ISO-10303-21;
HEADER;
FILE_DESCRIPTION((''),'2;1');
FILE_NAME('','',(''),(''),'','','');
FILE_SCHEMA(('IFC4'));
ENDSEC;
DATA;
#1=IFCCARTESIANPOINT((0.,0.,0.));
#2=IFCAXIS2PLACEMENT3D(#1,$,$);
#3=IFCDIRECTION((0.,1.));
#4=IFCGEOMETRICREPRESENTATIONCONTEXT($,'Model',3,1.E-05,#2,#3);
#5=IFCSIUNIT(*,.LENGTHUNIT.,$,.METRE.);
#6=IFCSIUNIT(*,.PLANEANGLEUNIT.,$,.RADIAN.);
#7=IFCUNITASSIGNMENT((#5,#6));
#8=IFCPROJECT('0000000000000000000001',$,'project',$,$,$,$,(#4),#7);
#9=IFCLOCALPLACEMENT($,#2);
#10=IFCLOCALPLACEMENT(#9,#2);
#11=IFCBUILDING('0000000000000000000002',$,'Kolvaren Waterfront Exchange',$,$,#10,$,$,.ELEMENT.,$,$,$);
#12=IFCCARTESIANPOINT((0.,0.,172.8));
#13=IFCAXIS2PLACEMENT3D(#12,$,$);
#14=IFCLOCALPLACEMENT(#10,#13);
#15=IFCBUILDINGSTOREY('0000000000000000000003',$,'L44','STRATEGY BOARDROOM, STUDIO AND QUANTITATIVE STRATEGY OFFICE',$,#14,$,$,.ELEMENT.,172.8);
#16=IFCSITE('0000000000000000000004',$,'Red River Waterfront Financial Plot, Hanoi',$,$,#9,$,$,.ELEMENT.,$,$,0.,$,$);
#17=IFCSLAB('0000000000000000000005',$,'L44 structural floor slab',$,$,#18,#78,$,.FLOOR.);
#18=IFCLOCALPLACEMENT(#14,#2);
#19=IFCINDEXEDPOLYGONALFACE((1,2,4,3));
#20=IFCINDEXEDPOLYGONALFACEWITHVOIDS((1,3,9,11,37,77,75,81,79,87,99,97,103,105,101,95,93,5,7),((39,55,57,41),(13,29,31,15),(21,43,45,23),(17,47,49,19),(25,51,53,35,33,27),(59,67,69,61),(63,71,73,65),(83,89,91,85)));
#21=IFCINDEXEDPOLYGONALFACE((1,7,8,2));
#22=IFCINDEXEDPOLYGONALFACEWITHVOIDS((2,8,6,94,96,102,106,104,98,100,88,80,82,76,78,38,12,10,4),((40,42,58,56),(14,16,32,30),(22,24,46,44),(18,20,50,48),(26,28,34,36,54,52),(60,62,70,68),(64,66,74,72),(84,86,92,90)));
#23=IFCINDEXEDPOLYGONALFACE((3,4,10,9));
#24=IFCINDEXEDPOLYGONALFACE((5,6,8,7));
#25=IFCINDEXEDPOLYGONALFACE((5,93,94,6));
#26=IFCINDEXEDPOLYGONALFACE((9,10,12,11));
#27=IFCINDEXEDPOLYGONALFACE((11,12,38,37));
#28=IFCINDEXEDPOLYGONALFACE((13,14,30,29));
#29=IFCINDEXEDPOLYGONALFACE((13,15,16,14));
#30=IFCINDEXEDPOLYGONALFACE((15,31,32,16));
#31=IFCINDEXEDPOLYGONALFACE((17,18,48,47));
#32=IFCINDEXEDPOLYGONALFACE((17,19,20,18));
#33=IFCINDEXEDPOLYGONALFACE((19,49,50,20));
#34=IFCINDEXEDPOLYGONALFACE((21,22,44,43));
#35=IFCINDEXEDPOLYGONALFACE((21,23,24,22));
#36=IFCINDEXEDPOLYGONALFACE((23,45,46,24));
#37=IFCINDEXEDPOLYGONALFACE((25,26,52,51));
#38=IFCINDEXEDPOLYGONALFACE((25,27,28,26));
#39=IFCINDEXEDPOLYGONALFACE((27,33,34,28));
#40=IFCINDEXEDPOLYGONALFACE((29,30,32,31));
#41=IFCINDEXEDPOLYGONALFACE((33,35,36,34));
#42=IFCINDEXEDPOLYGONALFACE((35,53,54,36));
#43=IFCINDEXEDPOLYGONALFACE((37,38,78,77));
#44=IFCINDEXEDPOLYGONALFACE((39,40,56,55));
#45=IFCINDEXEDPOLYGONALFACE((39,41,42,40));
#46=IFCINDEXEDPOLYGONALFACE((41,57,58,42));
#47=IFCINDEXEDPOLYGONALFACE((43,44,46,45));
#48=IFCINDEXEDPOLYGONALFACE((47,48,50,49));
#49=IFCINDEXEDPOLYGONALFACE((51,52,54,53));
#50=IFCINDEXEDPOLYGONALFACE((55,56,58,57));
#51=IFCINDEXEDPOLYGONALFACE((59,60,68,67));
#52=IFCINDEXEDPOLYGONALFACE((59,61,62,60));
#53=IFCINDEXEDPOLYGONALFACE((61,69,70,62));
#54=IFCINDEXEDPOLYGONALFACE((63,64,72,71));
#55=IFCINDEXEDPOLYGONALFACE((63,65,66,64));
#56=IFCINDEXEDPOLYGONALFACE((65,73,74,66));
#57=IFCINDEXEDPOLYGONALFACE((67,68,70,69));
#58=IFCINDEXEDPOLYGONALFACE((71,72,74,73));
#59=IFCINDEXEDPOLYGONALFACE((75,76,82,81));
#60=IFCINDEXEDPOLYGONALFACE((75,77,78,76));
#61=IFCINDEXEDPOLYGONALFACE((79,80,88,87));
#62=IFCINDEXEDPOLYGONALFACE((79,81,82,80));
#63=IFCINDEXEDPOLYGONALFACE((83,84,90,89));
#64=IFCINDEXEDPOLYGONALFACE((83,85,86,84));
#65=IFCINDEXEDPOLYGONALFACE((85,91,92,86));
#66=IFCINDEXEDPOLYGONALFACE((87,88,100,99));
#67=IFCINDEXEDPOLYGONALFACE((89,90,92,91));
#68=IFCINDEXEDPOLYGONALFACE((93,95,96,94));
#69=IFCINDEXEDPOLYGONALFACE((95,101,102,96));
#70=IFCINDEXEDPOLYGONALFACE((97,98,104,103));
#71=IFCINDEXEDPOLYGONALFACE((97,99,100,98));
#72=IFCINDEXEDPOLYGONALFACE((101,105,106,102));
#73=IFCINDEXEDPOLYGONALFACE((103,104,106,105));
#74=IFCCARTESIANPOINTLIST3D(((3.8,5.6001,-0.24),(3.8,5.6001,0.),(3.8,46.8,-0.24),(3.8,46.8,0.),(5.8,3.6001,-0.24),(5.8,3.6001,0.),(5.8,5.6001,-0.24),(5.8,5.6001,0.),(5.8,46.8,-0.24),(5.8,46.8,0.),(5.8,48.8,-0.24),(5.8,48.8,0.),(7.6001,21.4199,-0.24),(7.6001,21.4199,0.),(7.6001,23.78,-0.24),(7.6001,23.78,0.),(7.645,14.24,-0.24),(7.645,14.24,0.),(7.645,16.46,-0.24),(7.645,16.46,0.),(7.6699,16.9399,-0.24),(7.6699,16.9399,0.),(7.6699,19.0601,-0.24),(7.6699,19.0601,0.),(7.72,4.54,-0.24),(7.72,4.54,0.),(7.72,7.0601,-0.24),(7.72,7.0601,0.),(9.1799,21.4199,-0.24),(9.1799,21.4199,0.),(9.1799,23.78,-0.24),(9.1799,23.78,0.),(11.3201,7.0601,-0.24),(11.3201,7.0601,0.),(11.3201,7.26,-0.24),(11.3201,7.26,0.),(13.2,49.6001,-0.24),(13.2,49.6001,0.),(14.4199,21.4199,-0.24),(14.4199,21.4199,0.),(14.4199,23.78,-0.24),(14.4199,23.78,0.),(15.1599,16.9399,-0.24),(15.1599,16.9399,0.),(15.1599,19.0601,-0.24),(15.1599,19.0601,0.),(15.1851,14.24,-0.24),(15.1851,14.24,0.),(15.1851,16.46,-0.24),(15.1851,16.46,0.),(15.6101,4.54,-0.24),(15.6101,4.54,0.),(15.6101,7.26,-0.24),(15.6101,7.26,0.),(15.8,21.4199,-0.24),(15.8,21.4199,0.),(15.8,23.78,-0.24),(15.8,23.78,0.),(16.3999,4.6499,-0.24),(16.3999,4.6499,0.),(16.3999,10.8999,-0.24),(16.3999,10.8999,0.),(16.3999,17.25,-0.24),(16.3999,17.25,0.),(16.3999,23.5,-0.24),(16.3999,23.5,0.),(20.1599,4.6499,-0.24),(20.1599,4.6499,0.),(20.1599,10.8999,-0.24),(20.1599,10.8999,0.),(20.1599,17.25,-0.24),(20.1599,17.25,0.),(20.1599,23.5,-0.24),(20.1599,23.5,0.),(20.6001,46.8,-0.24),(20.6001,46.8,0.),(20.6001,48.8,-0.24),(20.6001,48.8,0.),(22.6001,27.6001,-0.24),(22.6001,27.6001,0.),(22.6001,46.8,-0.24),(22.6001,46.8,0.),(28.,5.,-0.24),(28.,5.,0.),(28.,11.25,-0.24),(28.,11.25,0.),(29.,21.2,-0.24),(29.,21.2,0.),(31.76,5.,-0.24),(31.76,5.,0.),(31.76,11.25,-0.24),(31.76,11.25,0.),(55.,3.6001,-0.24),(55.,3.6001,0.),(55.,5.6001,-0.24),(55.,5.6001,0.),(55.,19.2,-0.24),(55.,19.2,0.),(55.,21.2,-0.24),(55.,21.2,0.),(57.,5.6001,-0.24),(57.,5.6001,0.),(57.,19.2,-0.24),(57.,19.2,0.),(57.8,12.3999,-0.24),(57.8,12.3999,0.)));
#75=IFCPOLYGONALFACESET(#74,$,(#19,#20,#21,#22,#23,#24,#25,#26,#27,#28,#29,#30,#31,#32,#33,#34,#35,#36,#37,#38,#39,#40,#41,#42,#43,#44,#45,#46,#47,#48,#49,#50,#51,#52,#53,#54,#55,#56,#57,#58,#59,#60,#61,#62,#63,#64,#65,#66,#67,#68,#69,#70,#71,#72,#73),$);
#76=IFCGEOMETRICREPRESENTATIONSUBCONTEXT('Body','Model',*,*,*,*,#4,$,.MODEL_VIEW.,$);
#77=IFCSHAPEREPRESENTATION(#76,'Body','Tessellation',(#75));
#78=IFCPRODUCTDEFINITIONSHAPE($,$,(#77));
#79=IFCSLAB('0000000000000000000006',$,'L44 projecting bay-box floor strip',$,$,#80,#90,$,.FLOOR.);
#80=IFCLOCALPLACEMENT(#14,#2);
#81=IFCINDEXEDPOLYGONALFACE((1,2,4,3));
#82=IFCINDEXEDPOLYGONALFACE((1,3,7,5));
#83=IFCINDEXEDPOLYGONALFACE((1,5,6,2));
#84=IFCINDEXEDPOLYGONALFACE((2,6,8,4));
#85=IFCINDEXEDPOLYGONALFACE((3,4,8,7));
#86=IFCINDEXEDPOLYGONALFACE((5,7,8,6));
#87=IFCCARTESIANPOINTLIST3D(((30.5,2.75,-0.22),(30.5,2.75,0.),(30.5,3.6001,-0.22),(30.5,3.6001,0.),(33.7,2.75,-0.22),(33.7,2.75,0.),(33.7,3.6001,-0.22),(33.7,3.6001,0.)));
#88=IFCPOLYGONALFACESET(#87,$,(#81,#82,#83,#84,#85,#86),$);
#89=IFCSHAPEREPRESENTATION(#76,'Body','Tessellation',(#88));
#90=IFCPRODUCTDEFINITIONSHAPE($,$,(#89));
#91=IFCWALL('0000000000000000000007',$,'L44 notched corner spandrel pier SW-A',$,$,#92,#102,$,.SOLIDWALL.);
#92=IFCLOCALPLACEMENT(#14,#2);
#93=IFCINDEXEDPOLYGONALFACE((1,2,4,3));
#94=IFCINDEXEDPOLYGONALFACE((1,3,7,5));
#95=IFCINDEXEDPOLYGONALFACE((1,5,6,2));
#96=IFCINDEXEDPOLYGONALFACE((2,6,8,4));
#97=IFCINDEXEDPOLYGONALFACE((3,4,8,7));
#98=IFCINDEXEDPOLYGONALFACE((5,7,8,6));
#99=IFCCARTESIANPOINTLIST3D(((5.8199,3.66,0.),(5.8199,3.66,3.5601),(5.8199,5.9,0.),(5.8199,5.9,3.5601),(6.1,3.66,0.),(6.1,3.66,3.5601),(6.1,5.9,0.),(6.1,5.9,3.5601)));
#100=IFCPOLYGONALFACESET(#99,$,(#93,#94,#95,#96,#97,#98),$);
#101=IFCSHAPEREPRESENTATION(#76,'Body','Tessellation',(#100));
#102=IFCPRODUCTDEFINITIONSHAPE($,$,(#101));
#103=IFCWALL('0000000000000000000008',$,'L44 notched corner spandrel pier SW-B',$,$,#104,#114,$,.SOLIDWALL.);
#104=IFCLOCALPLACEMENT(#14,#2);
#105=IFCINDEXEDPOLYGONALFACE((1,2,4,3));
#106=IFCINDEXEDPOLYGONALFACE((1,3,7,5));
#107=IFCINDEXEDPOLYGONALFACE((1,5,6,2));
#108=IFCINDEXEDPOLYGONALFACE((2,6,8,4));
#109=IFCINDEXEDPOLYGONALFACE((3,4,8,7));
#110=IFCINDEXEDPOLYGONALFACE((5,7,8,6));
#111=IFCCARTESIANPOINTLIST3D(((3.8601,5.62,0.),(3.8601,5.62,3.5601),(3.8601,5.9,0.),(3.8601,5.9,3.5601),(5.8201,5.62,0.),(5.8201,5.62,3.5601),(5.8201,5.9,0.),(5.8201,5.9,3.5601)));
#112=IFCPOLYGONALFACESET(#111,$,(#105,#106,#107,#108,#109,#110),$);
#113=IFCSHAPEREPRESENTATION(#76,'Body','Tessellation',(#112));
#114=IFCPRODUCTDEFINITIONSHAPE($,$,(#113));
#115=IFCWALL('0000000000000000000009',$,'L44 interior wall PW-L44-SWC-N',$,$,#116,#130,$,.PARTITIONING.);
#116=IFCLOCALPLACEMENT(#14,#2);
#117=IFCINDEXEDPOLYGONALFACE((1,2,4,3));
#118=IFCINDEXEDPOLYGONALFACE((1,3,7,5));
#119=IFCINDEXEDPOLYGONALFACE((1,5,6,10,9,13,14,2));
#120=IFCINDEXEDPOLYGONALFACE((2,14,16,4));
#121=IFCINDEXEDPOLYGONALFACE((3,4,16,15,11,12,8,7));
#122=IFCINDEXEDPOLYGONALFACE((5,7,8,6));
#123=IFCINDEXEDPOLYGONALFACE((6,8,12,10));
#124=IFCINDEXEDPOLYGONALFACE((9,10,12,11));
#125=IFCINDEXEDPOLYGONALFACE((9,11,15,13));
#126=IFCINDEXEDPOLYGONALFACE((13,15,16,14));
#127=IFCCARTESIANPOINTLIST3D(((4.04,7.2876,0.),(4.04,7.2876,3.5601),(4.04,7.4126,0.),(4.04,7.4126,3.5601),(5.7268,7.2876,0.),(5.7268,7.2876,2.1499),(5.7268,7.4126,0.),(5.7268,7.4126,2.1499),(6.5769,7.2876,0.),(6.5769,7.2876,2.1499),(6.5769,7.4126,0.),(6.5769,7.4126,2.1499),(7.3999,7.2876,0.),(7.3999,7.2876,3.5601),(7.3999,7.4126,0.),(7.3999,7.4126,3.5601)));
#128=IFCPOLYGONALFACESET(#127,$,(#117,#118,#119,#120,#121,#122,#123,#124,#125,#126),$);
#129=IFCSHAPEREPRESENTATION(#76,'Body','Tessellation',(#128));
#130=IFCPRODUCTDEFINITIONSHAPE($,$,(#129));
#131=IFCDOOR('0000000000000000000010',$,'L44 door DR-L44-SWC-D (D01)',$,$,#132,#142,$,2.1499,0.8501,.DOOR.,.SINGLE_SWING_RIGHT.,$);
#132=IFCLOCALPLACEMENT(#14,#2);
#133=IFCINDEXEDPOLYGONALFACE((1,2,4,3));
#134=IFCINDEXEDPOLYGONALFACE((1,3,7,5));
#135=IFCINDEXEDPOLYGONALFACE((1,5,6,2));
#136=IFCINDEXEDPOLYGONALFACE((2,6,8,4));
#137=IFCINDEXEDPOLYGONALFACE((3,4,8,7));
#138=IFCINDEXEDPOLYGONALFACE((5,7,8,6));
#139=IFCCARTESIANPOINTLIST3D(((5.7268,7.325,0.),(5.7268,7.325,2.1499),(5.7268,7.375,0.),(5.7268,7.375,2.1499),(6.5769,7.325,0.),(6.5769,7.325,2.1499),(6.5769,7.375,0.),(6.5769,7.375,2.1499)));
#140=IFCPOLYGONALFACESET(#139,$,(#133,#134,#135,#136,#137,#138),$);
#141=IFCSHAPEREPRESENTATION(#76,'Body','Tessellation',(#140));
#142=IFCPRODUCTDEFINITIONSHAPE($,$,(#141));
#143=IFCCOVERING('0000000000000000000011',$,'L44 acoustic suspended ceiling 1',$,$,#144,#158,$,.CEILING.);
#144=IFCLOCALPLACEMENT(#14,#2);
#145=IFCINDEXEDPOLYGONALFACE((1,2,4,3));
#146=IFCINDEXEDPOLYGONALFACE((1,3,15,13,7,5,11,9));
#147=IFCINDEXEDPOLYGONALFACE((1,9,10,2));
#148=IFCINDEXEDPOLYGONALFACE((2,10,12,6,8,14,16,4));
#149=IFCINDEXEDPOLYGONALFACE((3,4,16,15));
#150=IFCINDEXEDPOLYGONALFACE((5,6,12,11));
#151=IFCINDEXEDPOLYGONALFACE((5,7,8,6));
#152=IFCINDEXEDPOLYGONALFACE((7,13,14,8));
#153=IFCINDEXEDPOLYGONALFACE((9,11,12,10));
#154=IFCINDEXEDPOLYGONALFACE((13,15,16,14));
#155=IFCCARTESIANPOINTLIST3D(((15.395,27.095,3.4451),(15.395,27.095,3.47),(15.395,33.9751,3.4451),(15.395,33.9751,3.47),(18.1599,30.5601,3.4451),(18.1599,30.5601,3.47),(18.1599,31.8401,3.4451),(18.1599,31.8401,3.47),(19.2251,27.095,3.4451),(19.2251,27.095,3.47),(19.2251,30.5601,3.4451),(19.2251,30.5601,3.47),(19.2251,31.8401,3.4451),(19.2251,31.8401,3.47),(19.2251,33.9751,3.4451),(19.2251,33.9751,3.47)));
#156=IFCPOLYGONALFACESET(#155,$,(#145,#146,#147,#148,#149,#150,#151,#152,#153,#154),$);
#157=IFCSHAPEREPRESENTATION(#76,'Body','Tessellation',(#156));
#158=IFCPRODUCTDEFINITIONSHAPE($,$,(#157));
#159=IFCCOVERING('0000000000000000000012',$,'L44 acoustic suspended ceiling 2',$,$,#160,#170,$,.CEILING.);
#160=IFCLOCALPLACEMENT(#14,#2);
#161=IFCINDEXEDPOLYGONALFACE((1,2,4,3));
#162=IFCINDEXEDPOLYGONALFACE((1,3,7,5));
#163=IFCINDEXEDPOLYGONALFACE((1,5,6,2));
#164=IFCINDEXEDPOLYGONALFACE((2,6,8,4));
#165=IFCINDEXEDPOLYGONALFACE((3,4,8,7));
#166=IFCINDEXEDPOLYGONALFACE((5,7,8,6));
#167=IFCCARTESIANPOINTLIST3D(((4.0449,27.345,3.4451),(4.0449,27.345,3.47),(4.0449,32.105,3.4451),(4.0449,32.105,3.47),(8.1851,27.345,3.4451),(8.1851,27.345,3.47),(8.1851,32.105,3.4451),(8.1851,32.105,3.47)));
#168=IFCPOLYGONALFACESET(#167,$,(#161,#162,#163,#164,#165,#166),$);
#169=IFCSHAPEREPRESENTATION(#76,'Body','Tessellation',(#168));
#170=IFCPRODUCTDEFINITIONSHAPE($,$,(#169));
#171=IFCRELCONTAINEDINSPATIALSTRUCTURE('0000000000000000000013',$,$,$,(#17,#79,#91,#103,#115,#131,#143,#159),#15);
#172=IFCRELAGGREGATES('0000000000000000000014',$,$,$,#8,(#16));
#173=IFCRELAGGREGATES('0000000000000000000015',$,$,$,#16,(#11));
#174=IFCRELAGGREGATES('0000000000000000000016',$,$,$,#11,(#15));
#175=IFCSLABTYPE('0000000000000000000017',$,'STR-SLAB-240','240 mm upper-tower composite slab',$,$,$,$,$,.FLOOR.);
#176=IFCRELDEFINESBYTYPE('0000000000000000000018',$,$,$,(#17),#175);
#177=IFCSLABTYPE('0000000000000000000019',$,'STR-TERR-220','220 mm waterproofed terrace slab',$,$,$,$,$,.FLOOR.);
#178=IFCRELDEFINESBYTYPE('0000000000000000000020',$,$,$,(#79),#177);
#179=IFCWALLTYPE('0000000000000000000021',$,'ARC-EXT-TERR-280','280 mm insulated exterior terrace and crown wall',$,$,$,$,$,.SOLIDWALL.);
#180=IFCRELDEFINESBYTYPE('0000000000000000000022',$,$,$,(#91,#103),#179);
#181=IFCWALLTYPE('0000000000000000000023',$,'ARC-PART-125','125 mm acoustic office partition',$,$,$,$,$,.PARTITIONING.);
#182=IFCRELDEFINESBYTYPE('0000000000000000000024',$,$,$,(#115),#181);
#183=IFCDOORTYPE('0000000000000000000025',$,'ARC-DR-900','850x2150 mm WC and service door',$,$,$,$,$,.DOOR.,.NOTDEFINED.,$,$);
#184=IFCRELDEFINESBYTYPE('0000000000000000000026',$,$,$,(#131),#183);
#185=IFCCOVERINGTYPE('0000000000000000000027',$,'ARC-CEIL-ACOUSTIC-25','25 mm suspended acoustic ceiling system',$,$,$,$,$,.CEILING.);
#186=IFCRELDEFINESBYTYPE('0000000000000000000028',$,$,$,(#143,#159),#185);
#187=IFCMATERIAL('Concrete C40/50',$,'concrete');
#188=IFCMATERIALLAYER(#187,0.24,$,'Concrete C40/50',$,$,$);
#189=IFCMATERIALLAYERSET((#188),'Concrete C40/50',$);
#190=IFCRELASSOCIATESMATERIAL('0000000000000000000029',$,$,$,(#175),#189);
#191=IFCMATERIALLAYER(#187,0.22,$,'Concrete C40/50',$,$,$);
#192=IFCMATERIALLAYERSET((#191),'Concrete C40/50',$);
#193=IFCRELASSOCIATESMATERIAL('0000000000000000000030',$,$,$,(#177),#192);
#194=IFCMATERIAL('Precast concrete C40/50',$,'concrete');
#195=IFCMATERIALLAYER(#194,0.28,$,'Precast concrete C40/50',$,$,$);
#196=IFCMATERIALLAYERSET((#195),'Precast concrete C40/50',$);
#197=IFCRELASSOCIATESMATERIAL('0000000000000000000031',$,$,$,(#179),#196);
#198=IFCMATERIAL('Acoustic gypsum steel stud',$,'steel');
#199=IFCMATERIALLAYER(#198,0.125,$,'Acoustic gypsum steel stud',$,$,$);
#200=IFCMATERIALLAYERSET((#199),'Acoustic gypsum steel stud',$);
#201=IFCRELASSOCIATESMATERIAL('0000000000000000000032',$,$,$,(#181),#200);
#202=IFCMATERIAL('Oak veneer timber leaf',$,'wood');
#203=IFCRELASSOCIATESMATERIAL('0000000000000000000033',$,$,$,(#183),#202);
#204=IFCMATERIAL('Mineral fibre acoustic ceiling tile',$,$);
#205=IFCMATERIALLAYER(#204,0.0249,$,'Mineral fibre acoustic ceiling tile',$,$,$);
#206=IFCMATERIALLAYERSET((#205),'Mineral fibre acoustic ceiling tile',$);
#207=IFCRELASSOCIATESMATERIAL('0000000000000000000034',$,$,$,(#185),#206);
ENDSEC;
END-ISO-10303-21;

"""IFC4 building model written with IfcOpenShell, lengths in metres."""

from ifc_helpers import new_model, si_unit, direction, frame, frame_2d, origin, place, context, subcontext, project, spatial, polyline, rectangle, outline, extrude, material, layer, layer_set, type_object, element, fill, save


model = new_model("IFC4")

# Units and contexts
model_context = context("Model", 3, precision=1e-05, world=origin(), true_north=direction((0.0, 1.0)))
body_context = subcontext(model_context, "Body", "Model", "MODEL_VIEW")
ifc_project = project(units=[si_unit("LENGTHUNIT", "METRE"), si_unit("PLANEANGLEUNIT", "RADIAN")], contexts=[model_context])

# Site, building, storey
site_placement = place(None, origin())
site = spatial("IfcSite", under=ifc_project, at=site_placement, Name="Red River Waterfront Financial Plot, Hanoi", CompositionType="ELEMENT", RefElevation=0.0)
building_placement = place(site_placement, origin())
building = spatial("IfcBuilding", under=site, at=building_placement, Name="Kolvaren Waterfront Exchange", CompositionType="ELEMENT")
storey_placement = place(building_placement, frame((0.0, 0.0, 172.8)))
storey = spatial("IfcBuildingStorey", under=building, at=storey_placement, Name="L44", Description="STRATEGY BOARDROOM, STUDIO AND QUANTITATIVE STRATEGY OFFICE", CompositionType="ELEMENT", Elevation=172.8)

# Shared definitions
ifc_material_1 = material(Name="Concrete C40/50", Category="concrete")

# Slabs
ifc_layer_1 = layer(ifc_material_1, 0.24, Name="Concrete C40/50")
ifc_layer_set_1 = layer_set([ifc_layer_1], Name="Concrete C40/50")
slab_type_1 = type_object("IfcSlabType", Name="STR-SLAB-240", Description="240 mm upper-tower composite slab", PredefinedType="FLOOR", material=ifc_layer_set_1)
slab_1_placement = place(storey_placement, frame((0.0, 0.0, -0.24)))
element("IfcSlab", 1, at=slab_1_placement, inside=storey, type_object=slab_type_1, Name="L44 structural floor slab", PredefinedType="FLOOR", context=body_context, shape_type="SweptSolid", body=[
    extrude(outline(polyline([(5.8, 3.6001), (55.0, 3.6001), (55.0, 5.6001), (57.0, 5.6001), (57.8, 12.3999), (57.0, 19.2), (55.0, 19.2), (55.0, 21.2), (29.0, 21.2), (22.6001, 27.6001), (22.6001, 46.8), (20.6001, 46.8), (20.6001, 48.8), (13.2, 49.6001), (5.8, 48.8), (5.8, 46.8), (3.8, 46.8), (3.8, 5.6001), (5.8, 5.6001), (5.8, 3.6001)]), holes=[polyline([(11.3201, 7.26), (15.6101, 7.26), (15.6101, 4.54), (7.72, 4.54), (7.72, 7.0601), (11.3201, 7.0601), (11.3201, 7.26)]), polyline([(20.1599, 10.8999), (20.1599, 4.6499), (16.3999, 4.6499), (16.3999, 10.8999), (20.1599, 10.8999)]), polyline([(31.76, 11.25), (31.76, 5.0), (28.0, 5.0), (28.0, 11.25), (31.76, 11.25)]), polyline([(15.1851, 14.24), (7.645, 14.24), (7.645, 16.46), (15.1851, 16.46), (15.1851, 14.24)]), polyline([(15.1599, 16.9399), (7.6699, 16.9399), (7.6699, 19.0601), (15.1599, 19.0601), (15.1599, 16.9399)]), polyline([(16.3999, 23.5), (20.1599, 23.5), (20.1599, 17.25), (16.3999, 17.25), (16.3999, 23.5)]), polyline([(7.6001, 23.78), (9.1799, 23.78), (9.1799, 21.4199), (7.6001, 21.4199), (7.6001, 23.78)]), polyline([(15.8, 23.78), (15.8, 21.4199), (14.4199, 21.4199), (14.4199, 23.78), (15.8, 23.78)])]), origin(), (0.0, 0.0, 1.0), 0.24),
])
ifc_layer_2 = layer(ifc_material_1, 0.22, Name="Concrete C40/50")
ifc_layer_set_2 = layer_set([ifc_layer_2], Name="Concrete C40/50")
slab_type_2 = type_object("IfcSlabType", Name="STR-TERR-220", Description="220 mm waterproofed terrace slab", PredefinedType="FLOOR", material=ifc_layer_set_2)
slab_2_placement = place(storey_placement, frame((0.0, 0.0, -0.22)))
element("IfcSlab", 2, at=slab_2_placement, inside=storey, type_object=slab_type_2, Name="L44 projecting bay-box floor strip", PredefinedType="FLOOR", context=body_context, shape_type="SweptSolid", body=[
    extrude(outline(polyline([(30.5, 2.75), (33.7, 2.75), (33.7, 3.6001), (30.5, 3.6001), (30.5, 2.75)])), origin(), (0.0, 0.0, 1.0), 0.22),
])

# Walls
ifc_material_2 = material(Name="Precast concrete C40/50", Category="concrete")
ifc_layer_3 = layer(ifc_material_2, 0.28, Name="Precast concrete C40/50")
ifc_layer_set_3 = layer_set([ifc_layer_3], Name="Precast concrete C40/50")
wall_type_1 = type_object("IfcWallType", Name="ARC-EXT-TERR-280", Description="280 mm insulated exterior terrace and crown wall", PredefinedType="SOLIDWALL", material=ifc_layer_set_3)
wall_1_placement = place(storey_placement, frame((5.96, 3.6599, 0.0), z_axis=(0.0, 0.0, 1.0), x_axis=(0.0, 1.0, 0.0)))
element("IfcWall", 3, at=wall_1_placement, inside=storey, type_object=wall_type_1, Name="L44 notched corner spandrel pier SW-A", PredefinedType="SOLIDWALL", context=body_context, shape_type="SweptSolid", body=[
    extrude(rectangle(XDim=2.24, YDim=0.28, at=frame_2d((1.1201, 0.0))), origin(), (0.0, 0.0, 1.0), 3.5601),
])
wall_2_placement = place(storey_placement, frame((3.8601, 5.76, 0.0), z_axis=(0.0, 0.0, 1.0), x_axis=(1.0, 0.0, 0.0)))
element("IfcWall", 4, at=wall_2_placement, inside=storey, type_object=wall_type_1, Name="L44 notched corner spandrel pier SW-B", PredefinedType="SOLIDWALL", context=body_context, shape_type="SweptSolid", body=[
    extrude(rectangle(XDim=1.96, YDim=0.28, at=frame_2d((0.98, 0.0))), origin(), (0.0, 0.0, 1.0), 3.5601),
])

# Wall, opening, door
ifc_material_3 = material(Name="Acoustic gypsum steel stud", Category="steel")
ifc_layer_4 = layer(ifc_material_3, 0.125, Name="Acoustic gypsum steel stud")
ifc_layer_set_4 = layer_set([ifc_layer_4], Name="Acoustic gypsum steel stud")
wall_type_2 = type_object("IfcWallType", Name="ARC-PART-125", Description="125 mm acoustic office partition", PredefinedType="PARTITIONING", material=ifc_layer_set_4)
wall_3_placement = place(storey_placement, frame((4.04, 7.3501, 0.0), z_axis=(0.0, 0.0, 1.0), x_axis=(1.0, 0.0, 0.0)))
wall_3 = element("IfcWall", 5, at=wall_3_placement, inside=storey, type_object=wall_type_2, Name="L44 interior wall PW-L44-SWC-N", PredefinedType="PARTITIONING", context=body_context, shape_type="SweptSolid", body=[
    extrude(rectangle(XDim=3.3599, YDim=0.125, at=frame_2d((1.6799, 0.0))), origin(), (0.0, 0.0, 1.0), 3.5601),
])
opening_placement = place(wall_3_placement, frame((1.6868, 0.0, 0.0)))
opening = element("IfcOpeningElement", 6, at=opening_placement, cuts=wall_3, PredefinedType="OPENING", context=body_context, shape_type="SweptSolid", body=[
    extrude(rectangle(XDim=0.8501, YDim=2.1499, at=frame_2d((0.425, 1.075))), frame((0.0, 0.0725, 0.0), z_axis=(0.0, -1.0, 0.0), x_axis=(1.0, 0.0, 0.0)), (0.0, 0.0, 1.0), 0.145),
])
ifc_material_4 = material(Name="Oak veneer timber leaf", Category="wood")
door_type = type_object("IfcDoorType", Name="ARC-DR-900", Description="850x2150 mm WC and service door", OperationType="NOTDEFINED", PredefinedType="DOOR", material=ifc_material_4)
door_placement = place(opening_placement, origin())
door = element("IfcDoor", 7, at=door_placement, inside=storey, type_object=door_type, Name="L44 door DR-L44-SWC-D (D01)", OperationType="SINGLE_SWING_RIGHT", OverallHeight=2.1499, OverallWidth=0.8501, PredefinedType="DOOR", context=body_context, shape_type="SweptSolid", body=[
    extrude(rectangle(XDim=0.8501, YDim=2.1499, at=frame_2d((0.425, 1.075))), frame((0.0, 0.0249, 0.0), z_axis=(0.0, -1.0, 0.0), x_axis=(1.0, 0.0, 0.0)), (0.0, 0.0, 1.0), 0.05),
])
fill(opening, door)

# Coverings
ifc_material_5 = material(Name="Mineral fibre acoustic ceiling tile")
ifc_layer_5 = layer(ifc_material_5, 0.0249, Name="Mineral fibre acoustic ceiling tile")
ifc_layer_set_5 = layer_set([ifc_layer_5], Name="Mineral fibre acoustic ceiling tile")
covering_type_1 = type_object("IfcCoveringType", Name="ARC-CEIL-ACOUSTIC-25", Description="25 mm suspended acoustic ceiling system", PredefinedType="CEILING", material=ifc_layer_set_5)
covering_1_placement = place(storey_placement, frame((0.0, 0.0, 3.4451)))
element("IfcCovering", 8, at=covering_1_placement, inside=storey, type_object=covering_type_1, Name="L44 acoustic suspended ceiling 1", PredefinedType="CEILING", context=body_context, shape_type="SweptSolid", body=[
    extrude(outline(polyline([(19.2251, 30.5601), (18.1599, 30.5601), (18.1599, 31.8401), (19.2251, 31.8401), (19.2251, 33.9751), (15.395, 33.9751), (15.395, 27.095), (19.2251, 27.095), (19.2251, 30.5601)])), origin(), (0.0, 0.0, 1.0), 0.0249),
])
covering_2_placement = place(storey_placement, frame((0.0, 0.0, 3.4451)))
element("IfcCovering", 9, at=covering_2_placement, inside=storey, type_object=covering_type_1, Name="L44 acoustic suspended ceiling 2", PredefinedType="CEILING", context=body_context, shape_type="SweptSolid", body=[
    extrude(outline(polyline([(8.1851, 27.345), (8.1851, 32.105), (4.0449, 32.105), (4.0449, 27.345), (8.1851, 27.345)])), origin(), (0.0, 0.0, 1.0), 0.0249),
])

save(model, "model.ifc")
